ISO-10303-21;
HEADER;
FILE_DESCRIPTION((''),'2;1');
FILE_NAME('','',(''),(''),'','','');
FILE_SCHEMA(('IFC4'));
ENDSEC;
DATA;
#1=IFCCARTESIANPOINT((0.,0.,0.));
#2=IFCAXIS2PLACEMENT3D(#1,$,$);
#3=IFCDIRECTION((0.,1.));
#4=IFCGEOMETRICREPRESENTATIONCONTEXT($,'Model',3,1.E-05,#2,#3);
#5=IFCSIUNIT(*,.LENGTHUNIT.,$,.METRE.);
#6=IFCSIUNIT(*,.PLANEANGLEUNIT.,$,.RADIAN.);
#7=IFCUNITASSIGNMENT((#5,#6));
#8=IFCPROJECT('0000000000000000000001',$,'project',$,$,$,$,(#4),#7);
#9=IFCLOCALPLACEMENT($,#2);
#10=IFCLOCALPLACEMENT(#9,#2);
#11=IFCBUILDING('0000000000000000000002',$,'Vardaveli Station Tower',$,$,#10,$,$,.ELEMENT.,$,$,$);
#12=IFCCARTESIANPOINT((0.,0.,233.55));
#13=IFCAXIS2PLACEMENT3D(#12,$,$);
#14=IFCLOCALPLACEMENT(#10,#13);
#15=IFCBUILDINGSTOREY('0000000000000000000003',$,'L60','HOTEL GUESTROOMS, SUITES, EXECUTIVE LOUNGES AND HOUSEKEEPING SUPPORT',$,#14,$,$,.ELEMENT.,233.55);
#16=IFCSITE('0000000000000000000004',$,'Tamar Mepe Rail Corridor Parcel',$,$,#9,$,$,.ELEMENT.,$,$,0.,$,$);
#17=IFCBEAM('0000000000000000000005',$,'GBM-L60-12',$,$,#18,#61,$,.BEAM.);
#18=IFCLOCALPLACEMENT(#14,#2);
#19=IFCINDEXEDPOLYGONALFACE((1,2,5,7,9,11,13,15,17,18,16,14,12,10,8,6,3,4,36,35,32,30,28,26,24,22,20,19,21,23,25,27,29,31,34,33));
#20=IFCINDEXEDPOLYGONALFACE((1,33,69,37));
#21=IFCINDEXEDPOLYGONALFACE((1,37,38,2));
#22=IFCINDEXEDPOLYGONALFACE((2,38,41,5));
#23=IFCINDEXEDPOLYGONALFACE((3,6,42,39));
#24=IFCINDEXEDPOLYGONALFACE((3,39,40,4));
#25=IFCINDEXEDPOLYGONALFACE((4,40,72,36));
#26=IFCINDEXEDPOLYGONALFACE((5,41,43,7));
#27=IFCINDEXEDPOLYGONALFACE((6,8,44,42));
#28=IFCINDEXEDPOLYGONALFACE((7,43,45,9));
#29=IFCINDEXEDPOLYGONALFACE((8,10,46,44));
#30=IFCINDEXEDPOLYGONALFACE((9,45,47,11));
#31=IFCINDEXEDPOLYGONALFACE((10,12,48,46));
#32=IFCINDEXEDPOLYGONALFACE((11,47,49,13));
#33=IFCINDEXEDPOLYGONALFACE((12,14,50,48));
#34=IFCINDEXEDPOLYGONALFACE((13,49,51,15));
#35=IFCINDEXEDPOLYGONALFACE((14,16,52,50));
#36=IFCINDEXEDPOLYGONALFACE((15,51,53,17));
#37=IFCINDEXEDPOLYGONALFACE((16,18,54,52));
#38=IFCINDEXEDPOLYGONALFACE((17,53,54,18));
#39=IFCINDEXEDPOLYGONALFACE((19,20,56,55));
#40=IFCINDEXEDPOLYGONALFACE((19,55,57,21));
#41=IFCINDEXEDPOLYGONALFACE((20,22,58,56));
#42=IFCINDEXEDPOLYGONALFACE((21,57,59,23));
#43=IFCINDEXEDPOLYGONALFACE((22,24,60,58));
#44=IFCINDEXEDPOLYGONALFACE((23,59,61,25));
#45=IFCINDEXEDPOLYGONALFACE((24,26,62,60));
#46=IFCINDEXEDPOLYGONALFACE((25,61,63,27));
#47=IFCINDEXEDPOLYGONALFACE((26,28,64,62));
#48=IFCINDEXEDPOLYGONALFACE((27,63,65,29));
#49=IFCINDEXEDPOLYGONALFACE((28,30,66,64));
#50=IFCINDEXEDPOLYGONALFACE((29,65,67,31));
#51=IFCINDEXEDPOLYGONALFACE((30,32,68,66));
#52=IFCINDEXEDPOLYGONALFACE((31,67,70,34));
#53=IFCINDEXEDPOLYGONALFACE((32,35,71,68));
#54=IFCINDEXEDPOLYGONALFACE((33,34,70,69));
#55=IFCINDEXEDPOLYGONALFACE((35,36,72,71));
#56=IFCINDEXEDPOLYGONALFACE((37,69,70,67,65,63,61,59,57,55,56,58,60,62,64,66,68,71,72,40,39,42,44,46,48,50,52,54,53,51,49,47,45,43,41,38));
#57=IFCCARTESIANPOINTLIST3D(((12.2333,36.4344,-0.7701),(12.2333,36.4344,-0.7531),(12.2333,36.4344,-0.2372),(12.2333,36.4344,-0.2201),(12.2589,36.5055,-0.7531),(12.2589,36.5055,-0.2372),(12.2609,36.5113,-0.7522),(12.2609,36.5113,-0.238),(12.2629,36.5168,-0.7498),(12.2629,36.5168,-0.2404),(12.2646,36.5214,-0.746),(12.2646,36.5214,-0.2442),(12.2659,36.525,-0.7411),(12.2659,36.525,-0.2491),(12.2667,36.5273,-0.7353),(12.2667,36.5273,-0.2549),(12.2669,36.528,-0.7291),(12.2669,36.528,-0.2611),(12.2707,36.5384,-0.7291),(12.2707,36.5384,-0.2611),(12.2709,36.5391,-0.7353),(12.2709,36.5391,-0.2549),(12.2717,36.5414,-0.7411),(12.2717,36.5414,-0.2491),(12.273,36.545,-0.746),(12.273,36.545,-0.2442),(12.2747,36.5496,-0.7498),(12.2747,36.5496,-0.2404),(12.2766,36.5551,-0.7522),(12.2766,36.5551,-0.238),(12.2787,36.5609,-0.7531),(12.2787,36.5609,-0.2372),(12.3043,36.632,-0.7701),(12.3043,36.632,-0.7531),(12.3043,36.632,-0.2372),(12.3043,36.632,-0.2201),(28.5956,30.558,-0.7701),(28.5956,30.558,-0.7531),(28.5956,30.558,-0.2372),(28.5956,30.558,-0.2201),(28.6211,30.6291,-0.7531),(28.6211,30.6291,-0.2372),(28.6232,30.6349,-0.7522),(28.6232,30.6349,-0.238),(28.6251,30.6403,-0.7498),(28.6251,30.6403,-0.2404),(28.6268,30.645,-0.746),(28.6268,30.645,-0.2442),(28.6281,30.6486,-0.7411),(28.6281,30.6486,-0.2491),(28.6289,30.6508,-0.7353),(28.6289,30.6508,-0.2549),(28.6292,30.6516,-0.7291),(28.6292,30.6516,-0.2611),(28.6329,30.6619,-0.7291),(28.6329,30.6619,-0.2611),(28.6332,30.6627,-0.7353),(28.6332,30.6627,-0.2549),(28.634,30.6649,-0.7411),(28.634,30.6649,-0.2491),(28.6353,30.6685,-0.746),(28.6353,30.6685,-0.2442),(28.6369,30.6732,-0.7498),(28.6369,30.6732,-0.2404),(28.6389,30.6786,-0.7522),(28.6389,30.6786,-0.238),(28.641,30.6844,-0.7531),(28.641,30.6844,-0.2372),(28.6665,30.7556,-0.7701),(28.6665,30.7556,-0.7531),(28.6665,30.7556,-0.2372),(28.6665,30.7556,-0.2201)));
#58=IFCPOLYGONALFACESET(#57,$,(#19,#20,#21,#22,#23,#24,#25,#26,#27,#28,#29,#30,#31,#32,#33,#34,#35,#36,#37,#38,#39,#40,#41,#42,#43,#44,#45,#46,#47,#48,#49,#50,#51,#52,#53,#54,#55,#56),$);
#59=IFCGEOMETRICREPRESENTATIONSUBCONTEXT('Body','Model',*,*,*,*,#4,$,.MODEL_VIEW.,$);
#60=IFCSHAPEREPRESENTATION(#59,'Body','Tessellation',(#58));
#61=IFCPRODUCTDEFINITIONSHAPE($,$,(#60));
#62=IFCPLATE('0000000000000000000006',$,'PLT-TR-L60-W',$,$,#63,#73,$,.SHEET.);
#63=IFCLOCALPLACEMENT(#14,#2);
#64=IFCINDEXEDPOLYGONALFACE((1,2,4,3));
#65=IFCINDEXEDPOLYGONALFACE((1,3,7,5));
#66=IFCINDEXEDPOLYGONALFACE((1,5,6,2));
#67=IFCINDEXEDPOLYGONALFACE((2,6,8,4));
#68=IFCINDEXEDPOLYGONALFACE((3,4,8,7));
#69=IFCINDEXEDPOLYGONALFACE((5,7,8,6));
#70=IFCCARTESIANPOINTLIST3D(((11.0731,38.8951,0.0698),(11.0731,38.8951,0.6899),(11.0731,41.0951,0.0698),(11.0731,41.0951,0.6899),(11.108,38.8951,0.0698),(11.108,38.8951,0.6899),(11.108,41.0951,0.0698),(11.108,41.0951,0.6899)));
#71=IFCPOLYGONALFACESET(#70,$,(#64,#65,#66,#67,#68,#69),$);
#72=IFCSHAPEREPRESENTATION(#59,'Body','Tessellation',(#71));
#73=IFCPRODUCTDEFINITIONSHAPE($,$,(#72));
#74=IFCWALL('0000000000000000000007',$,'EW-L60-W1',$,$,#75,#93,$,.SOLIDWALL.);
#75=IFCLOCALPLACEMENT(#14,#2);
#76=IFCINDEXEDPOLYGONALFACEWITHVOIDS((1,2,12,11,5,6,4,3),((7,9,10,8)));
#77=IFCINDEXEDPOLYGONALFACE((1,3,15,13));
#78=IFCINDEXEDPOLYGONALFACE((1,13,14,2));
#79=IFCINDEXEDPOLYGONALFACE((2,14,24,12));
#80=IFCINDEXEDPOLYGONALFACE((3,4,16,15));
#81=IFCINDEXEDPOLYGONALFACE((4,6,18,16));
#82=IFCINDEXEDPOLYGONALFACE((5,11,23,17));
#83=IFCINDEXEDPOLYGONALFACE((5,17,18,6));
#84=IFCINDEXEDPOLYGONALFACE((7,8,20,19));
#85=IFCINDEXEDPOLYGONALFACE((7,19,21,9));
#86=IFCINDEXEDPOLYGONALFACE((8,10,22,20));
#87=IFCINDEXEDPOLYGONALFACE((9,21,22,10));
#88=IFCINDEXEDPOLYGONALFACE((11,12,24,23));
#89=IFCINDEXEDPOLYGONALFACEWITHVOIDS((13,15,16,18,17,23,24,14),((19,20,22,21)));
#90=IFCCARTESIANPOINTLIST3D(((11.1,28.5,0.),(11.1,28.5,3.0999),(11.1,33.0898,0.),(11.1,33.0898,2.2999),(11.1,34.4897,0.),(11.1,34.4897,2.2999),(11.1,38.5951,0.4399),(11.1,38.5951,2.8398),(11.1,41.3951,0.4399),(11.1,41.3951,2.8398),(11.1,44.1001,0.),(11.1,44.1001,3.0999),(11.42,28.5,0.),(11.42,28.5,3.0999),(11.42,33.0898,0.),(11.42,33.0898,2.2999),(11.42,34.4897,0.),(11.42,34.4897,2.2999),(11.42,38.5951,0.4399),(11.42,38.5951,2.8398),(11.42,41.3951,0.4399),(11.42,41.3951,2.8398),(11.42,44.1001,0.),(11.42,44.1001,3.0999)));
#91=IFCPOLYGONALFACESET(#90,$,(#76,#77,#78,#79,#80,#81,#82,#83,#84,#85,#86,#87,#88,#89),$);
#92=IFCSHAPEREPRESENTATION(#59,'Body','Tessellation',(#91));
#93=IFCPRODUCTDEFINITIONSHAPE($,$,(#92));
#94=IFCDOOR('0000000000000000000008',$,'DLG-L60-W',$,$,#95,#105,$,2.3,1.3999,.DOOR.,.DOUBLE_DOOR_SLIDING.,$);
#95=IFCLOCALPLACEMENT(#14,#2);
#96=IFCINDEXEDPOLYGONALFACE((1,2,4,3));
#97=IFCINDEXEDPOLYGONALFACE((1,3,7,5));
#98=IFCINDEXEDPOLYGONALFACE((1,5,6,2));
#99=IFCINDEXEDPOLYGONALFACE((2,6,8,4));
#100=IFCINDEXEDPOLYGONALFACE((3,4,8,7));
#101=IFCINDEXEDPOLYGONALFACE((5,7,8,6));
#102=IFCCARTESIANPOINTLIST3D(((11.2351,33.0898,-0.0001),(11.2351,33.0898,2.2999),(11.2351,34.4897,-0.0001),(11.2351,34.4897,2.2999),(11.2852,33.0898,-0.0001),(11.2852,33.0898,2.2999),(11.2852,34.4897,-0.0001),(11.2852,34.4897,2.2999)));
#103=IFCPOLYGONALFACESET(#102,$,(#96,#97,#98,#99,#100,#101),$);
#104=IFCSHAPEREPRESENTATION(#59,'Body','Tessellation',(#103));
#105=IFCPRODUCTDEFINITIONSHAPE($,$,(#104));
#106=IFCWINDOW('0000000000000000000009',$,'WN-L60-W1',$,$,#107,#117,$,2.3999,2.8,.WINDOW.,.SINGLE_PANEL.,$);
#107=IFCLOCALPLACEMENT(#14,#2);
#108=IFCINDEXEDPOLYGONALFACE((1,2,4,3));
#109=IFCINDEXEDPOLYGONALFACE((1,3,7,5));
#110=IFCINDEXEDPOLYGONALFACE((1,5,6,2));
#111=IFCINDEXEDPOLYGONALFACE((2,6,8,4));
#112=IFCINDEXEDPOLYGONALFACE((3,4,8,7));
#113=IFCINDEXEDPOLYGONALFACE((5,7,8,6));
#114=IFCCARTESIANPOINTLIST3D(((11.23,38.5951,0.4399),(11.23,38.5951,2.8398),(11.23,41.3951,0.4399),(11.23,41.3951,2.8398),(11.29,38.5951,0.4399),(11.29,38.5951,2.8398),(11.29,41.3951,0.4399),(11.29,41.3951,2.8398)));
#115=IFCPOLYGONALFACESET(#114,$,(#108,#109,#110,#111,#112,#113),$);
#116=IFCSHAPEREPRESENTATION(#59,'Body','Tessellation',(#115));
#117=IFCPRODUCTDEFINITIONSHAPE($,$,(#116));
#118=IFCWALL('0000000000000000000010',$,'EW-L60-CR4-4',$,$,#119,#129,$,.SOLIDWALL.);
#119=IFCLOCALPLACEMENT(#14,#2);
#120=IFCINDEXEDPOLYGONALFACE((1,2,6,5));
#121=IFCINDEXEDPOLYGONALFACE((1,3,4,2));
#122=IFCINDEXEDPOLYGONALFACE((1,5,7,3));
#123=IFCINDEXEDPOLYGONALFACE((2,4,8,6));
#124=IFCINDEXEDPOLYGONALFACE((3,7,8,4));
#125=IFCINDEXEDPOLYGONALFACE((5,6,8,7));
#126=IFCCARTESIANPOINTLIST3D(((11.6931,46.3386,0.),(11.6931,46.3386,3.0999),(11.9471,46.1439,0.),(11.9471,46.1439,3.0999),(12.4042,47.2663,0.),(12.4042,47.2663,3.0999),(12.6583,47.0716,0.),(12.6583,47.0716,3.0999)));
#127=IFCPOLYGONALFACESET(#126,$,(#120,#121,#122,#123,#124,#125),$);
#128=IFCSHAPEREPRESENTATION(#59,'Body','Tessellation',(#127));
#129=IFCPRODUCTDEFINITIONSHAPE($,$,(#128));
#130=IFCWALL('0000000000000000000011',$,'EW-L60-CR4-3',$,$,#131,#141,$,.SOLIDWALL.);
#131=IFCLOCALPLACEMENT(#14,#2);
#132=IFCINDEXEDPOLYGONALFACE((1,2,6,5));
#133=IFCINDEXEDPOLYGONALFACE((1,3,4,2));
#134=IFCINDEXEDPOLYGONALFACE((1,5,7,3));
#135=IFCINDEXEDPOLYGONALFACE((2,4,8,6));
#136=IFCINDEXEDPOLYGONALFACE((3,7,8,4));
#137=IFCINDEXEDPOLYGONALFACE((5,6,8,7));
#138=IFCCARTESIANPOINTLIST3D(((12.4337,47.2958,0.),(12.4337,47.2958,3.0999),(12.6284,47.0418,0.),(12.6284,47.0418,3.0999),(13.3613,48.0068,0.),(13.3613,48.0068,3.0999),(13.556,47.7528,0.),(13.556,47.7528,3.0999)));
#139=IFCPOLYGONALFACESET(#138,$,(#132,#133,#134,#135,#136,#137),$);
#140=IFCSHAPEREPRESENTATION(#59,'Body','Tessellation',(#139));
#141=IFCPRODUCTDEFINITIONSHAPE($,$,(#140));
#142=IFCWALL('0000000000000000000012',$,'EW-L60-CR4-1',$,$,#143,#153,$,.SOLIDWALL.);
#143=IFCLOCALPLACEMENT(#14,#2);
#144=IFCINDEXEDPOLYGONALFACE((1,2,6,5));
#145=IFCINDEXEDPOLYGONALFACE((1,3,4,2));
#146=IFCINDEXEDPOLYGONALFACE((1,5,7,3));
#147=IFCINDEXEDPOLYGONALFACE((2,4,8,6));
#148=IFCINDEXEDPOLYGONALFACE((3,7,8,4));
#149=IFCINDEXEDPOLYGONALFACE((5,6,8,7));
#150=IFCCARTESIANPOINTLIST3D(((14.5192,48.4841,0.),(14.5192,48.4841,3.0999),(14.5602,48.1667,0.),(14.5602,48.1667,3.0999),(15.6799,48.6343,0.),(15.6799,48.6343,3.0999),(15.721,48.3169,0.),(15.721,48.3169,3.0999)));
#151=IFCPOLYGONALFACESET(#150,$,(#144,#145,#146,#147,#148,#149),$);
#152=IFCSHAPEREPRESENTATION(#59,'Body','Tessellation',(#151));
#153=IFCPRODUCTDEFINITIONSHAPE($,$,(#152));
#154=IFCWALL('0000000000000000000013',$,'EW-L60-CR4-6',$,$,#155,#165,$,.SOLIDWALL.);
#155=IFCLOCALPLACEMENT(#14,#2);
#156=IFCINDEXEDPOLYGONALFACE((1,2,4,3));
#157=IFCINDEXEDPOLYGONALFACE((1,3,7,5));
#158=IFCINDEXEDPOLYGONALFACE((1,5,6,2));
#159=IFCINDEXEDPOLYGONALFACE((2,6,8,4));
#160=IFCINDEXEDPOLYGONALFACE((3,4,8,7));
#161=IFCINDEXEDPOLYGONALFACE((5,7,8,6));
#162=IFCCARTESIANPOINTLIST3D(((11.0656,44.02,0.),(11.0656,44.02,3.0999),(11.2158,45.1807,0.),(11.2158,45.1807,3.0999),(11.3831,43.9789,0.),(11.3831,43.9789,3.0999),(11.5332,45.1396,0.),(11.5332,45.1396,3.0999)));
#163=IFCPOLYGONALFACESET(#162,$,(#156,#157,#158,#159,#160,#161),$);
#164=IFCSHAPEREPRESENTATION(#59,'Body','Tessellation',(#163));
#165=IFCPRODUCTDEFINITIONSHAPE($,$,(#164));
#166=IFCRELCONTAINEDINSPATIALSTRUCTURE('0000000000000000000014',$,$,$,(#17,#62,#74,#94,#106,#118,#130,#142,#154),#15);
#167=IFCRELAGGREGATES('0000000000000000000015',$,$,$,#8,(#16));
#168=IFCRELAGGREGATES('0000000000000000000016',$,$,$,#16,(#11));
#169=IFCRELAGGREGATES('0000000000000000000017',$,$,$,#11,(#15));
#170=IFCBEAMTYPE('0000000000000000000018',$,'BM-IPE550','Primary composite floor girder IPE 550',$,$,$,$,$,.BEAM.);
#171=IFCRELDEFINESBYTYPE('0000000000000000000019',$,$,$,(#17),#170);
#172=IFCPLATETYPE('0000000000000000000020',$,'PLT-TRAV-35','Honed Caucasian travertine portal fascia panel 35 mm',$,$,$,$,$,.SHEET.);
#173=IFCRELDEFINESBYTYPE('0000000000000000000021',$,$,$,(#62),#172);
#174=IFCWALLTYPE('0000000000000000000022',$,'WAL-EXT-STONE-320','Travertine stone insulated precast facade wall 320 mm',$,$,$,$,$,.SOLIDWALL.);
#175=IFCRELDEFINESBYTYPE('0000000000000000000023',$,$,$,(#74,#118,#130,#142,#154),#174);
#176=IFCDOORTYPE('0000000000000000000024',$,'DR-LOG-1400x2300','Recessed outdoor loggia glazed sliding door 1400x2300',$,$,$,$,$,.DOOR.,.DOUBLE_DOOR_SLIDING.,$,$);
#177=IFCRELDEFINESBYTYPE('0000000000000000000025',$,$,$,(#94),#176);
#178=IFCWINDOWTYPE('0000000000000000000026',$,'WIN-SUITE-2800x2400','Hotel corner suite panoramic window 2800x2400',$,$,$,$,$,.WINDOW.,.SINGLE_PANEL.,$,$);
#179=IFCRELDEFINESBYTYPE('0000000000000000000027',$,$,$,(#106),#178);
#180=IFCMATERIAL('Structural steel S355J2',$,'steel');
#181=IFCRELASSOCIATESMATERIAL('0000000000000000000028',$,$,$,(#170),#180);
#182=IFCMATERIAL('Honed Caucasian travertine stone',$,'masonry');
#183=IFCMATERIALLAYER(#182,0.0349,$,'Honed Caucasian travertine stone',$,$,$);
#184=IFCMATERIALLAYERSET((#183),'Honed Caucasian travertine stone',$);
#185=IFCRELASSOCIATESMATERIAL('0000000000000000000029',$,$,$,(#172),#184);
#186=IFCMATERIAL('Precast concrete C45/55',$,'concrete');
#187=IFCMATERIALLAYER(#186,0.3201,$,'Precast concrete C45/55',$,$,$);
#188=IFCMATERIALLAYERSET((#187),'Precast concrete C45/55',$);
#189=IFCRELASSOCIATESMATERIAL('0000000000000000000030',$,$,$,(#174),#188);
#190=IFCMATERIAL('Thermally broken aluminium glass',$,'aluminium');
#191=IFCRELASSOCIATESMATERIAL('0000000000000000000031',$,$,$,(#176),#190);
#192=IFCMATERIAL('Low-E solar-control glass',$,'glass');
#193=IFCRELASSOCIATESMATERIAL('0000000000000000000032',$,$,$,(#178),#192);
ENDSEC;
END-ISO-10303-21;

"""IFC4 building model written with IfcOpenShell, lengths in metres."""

from ifc_helpers import new_model, si_unit, direction, frame, frame_2d, origin, origin_2d, place, context, subcontext, project, spatial, rectangle, i_section, extrude, source, transform, mapped, material, layer, layer_set, material_profile, profile_set, type_object, element, fill, save


model = new_model("IFC4")

# Units and contexts
model_context = context("Model", 3, precision=1e-05, world=origin(), true_north=direction((0.0, 1.0)))
body_context = subcontext(model_context, "Body", "Model", "MODEL_VIEW")
ifc_project = project(units=[si_unit("LENGTHUNIT", "METRE"), si_unit("PLANEANGLEUNIT", "RADIAN")], contexts=[model_context])

# Site, building, storey
site_placement = place(None, origin())
site = spatial("IfcSite", under=ifc_project, at=site_placement, Name="Tamar Mepe Rail Corridor Parcel", CompositionType="ELEMENT", RefElevation=0.0)
building_placement = place(site_placement, origin())
building = spatial("IfcBuilding", under=site, at=building_placement, Name="Vardaveli Station Tower", CompositionType="ELEMENT")
storey_placement = place(building_placement, frame((0.0, 0.0, 233.55)))
storey = spatial("IfcBuildingStorey", under=building, at=storey_placement, Name="L60", Description="HOTEL GUESTROOMS, SUITES, EXECUTIVE LOUNGES AND HOUSEKEEPING SUPPORT", CompositionType="ELEMENT", Elevation=233.55)

# Beam
ifc_material_1 = material(Name="Precast concrete C45/55", Category="concrete")
ifc_material_2 = material(Name="Structural steel S355J2", Category="steel")
ifc_material_profile_1 = material_profile(ifc_material_2, i_section(OverallWidth=0.21, OverallDepth=0.55, WebThickness=0.011, FlangeThickness=0.0171, FilletRadius=0.0239, at=origin_2d()), Name="IPE 550")
ifc_profile_set_1 = profile_set([ifc_material_profile_1], Name="Structural steel S355J2")
beam_type_1 = type_object("IfcBeamType", Name="BM-IPE550", Description="Primary composite floor girder IPE 550", PredefinedType="BEAM", material=ifc_profile_set_1)
shared_shape_1 = source(origin(), body_context, "Body", "SweptSolid", [
    extrude(i_section(OverallWidth=0.21, OverallDepth=0.55, WebThickness=0.011, FlangeThickness=0.0171, FilletRadius=0.0239, at=origin_2d()), origin(), (0.0, 0.0, 1.0), 17.3855),
])
beam_1_placement = place(storey_placement, frame((12.2688, 36.5332, -0.4951), z_axis=(0.941143, -0.338008, 0.0), x_axis=(0.338008, 0.941143, 0.0)))
element("IfcBeam", 1, at=beam_1_placement, inside=storey, type_object=beam_type_1, Name="GBM-L60-12", PredefinedType="BEAM", context=body_context, shape_type="MappedRepresentation", body=[
    mapped(shared_shape_1, transform((0.0, 0.0, 0.0), scale=1.0)),
])

# Plate
ifc_material_3 = material(Name="Honed Caucasian travertine stone", Category="masonry")
ifc_layer_1 = layer(ifc_material_3, 0.0349, Name="Honed Caucasian travertine stone")
ifc_layer_set_1 = layer_set([ifc_layer_1], Name="Honed Caucasian travertine stone")
plate_type = type_object("IfcPlateType", Name="PLT-TRAV-35", Description="Honed Caucasian travertine portal fascia panel 35 mm", PredefinedType="SHEET", material=ifc_layer_set_1)
shared_shape_2 = source(origin(), body_context, "Body", "SweptSolid", [
    extrude(rectangle(XDim=2.2, YDim=0.0349, at=origin_2d()), origin(), (0.0, 0.0, 1.0), 0.6201),
])
plate_placement = place(storey_placement, frame((11.0906, 39.9951, 0.0698), z_axis=(0.0, 0.0, 1.0), x_axis=(0.0, 1.0, 0.0)))
element("IfcPlate", 2, at=plate_placement, inside=storey, type_object=plate_type, Name="PLT-TR-L60-W", PredefinedType="SHEET", context=body_context, shape_type="MappedRepresentation", body=[
    mapped(shared_shape_2, transform((0.0, 0.0, 0.0), scale=1.0)),
])

# Wall, openings, door, window
ifc_layer_2 = layer(ifc_material_1, 0.3201, Name="Precast concrete C45/55")
ifc_layer_set_2 = layer_set([ifc_layer_2], Name="Precast concrete C45/55")
wall_type_1 = type_object("IfcWallType", Name="WAL-EXT-STONE-320", Description="Travertine stone insulated precast facade wall 320 mm", PredefinedType="SOLIDWALL", material=ifc_layer_set_2)
shared_shape_3 = source(origin(), body_context, "Body", "SweptSolid", [
    extrude(rectangle(XDim=15.6001, YDim=0.3201, at=frame_2d((7.8, 0.0))), origin(), (0.0, 0.0, 1.0), 3.0999),
])
wall_1_placement = place(storey_placement, frame((11.26, 44.1001, 0.0), z_axis=(0.0, 0.0, 1.0), x_axis=(0.0, -1.0, 0.0)))
wall_1 = element("IfcWall", 3, at=wall_1_placement, inside=storey, type_object=wall_type_1, Name="EW-L60-W1", PredefinedType="SOLIDWALL", context=body_context, shape_type="MappedRepresentation", body=[
    mapped(shared_shape_3, transform((0.0, 0.0, 0.0), scale=1.0)),
])
shared_shape_4 = source(origin(), body_context, "Body", "SweptSolid", [
    extrude(rectangle(XDim=1.3999, YDim=2.3, at=frame_2d((0.7, 1.1499))), frame((0.0, 0.1699, 0.0), z_axis=(0.0, -1.0, 0.0), x_axis=(1.0, 0.0, 0.0)), (0.0, 0.0, 1.0), 0.3401),
])
opening_1_placement = place(wall_1_placement, frame((9.6104, 0.0, 0.0)))
opening_1 = element("IfcOpeningElement", 4, at=opening_1_placement, cuts=wall_1, PredefinedType="OPENING", context=body_context, shape_type="MappedRepresentation", body=[
    mapped(shared_shape_4, transform((0.0, 0.0, 0.0), scale=1.0)),
])
shared_shape_5 = source(origin(), body_context, "Body", "SweptSolid", [
    extrude(rectangle(XDim=2.8, YDim=2.3999, at=frame_2d((1.3999, 1.2))), frame((0.0, 0.1699, 0.0), z_axis=(0.0, -1.0, 0.0), x_axis=(1.0, 0.0, 0.0)), (0.0, 0.0, 1.0), 0.3401),
])
opening_2_placement = place(wall_1_placement, frame((2.7051, 0.0, 0.4399)))
opening_2 = element("IfcOpeningElement", 5, at=opening_2_placement, cuts=wall_1, PredefinedType="OPENING", context=body_context, shape_type="MappedRepresentation", body=[
    mapped(shared_shape_5, transform((0.0, 0.0, 0.0), scale=1.0)),
])
ifc_material_4 = material(Name="Thermally broken aluminium glass", Category="aluminium")
door_type_1 = type_object("IfcDoorType", Name="DR-LOG-1400x2300", Description="Recessed outdoor loggia glazed sliding door 1400x2300", OperationType="DOUBLE_DOOR_SLIDING", PredefinedType="DOOR", material=ifc_material_4)
shared_shape_6 = source(origin(), body_context, "Body", "SweptSolid", [
    extrude(rectangle(XDim=1.3999, YDim=2.3, at=frame_2d((0.7, 1.1499))), frame((0.0, 0.0249, 0.0), z_axis=(0.0, -1.0, 0.0), x_axis=(1.0, 0.0, 0.0)), (0.0, 0.0, 1.0), 0.05),
])
door_1_placement = place(opening_1_placement, frame((1.3999, 0.0, 0.0), z_axis=(0.0, 0.0, 1.0), x_axis=(-1.0, 0.0, 0.0)))
door_1 = element("IfcDoor", 6, at=door_1_placement, inside=storey, type_object=door_type_1, Name="DLG-L60-W", OperationType="DOUBLE_DOOR_SLIDING", OverallHeight=2.3, OverallWidth=1.3999, PredefinedType="DOOR", context=body_context, shape_type="MappedRepresentation", body=[
    mapped(shared_shape_6, transform((0.0, 0.0, 0.0), scale=1.0)),
])
fill(opening_1, door_1)
ifc_material_5 = material(Name="Low-E solar-control glass", Category="glass")
window_type = type_object("IfcWindowType", Name="WIN-SUITE-2800x2400", Description="Hotel corner suite panoramic window 2800x2400", PartitioningType="SINGLE_PANEL", PredefinedType="WINDOW", material=ifc_material_5)
shared_shape_7 = source(origin(), body_context, "Body", "SweptSolid", [
    extrude(rectangle(XDim=2.8, YDim=2.3999, at=frame_2d((1.3999, 1.2))), frame((0.0, 0.03, 0.0), z_axis=(0.0, -1.0, 0.0), x_axis=(1.0, 0.0, 0.0)), (0.0, 0.0, 1.0), 0.0601),
])
window_placement = place(opening_2_placement, origin())
window = element("IfcWindow", 7, at=window_placement, inside=storey, type_object=window_type, Name="WN-L60-W1", OverallHeight=2.3999, OverallWidth=2.8, PartitioningType="SINGLE_PANEL", PredefinedType="WINDOW", context=body_context, shape_type="MappedRepresentation", body=[
    mapped(shared_shape_7, transform((0.0, 0.0, 0.0), scale=1.0)),
])
fill(opening_2, window)

# Walls
shared_shape_8 = source(origin(), body_context, "Body", "SweptSolid", [
    extrude(rectangle(XDim=1.1689, YDim=0.3201, at=frame_2d((0.5845, 0.0))), origin(), (0.0, 0.0, 1.0), 3.0999),
])
wall_2_placement = place(storey_placement, frame((12.5312, 47.1689, 0.0), z_axis=(0.0, 0.0, 1.0), x_axis=(-0.608388, -0.79364, 0.0)))
element("IfcWall", 8, at=wall_2_placement, inside=storey, type_object=wall_type_1, Name="EW-L60-CR4-4", PredefinedType="SOLIDWALL", context=body_context, shape_type="MappedRepresentation", body=[
    mapped(shared_shape_8, transform((0.0, 0.0, 0.0), scale=1.0)),
])
shared_shape_9 = source(origin(), body_context, "Body", "SweptSolid", [
    extrude(rectangle(XDim=1.1687, YDim=0.3201, at=frame_2d((0.5845, 0.0))), origin(), (0.0, 0.0, 1.0), 3.0999),
])
wall_3_placement = place(storey_placement, frame((13.4587, 47.8799, 0.0), z_axis=(0.0, 0.0, 1.0), x_axis=(-0.793664, -0.608357, 0.0)))
element("IfcWall", 9, at=wall_3_placement, inside=storey, type_object=wall_type_1, Name="EW-L60-CR4-3", PredefinedType="SOLIDWALL", context=body_context, shape_type="MappedRepresentation", body=[
    mapped(shared_shape_9, transform((0.0, 0.0, 0.0), scale=1.0)),
])
shared_shape_10 = source(origin(), body_context, "Body", "SweptSolid", [
    extrude(rectangle(XDim=1.1704, YDim=0.3201, at=frame_2d((0.5852, 0.0))), origin(), (0.0, 0.0, 1.0), 3.0999),
])
for number, where, z_axis, x_axis, name in (
    (10, (15.7004, 48.4756, 0.0), (0.0, 0.0, 1.0), (-0.991736, -0.128296, 0.0), "EW-L60-CR4-1"),
    (11, (11.3745, 45.1602, 0.0), (0.0, 0.0, 1.0), (-0.128296, -0.991736, 0.0), "EW-L60-CR4-6"),
):
    element("IfcWall", number, at=place(storey_placement, frame(where, z_axis=z_axis, x_axis=x_axis)), inside=storey, type_object=wall_type_1, Name=name, PredefinedType="SOLIDWALL", context=body_context, shape_type="MappedRepresentation", body=[
        mapped(shared_shape_10, transform((0.0, 0.0, 0.0), scale=1.0)),
    ])

save(model, "model.ifc")
